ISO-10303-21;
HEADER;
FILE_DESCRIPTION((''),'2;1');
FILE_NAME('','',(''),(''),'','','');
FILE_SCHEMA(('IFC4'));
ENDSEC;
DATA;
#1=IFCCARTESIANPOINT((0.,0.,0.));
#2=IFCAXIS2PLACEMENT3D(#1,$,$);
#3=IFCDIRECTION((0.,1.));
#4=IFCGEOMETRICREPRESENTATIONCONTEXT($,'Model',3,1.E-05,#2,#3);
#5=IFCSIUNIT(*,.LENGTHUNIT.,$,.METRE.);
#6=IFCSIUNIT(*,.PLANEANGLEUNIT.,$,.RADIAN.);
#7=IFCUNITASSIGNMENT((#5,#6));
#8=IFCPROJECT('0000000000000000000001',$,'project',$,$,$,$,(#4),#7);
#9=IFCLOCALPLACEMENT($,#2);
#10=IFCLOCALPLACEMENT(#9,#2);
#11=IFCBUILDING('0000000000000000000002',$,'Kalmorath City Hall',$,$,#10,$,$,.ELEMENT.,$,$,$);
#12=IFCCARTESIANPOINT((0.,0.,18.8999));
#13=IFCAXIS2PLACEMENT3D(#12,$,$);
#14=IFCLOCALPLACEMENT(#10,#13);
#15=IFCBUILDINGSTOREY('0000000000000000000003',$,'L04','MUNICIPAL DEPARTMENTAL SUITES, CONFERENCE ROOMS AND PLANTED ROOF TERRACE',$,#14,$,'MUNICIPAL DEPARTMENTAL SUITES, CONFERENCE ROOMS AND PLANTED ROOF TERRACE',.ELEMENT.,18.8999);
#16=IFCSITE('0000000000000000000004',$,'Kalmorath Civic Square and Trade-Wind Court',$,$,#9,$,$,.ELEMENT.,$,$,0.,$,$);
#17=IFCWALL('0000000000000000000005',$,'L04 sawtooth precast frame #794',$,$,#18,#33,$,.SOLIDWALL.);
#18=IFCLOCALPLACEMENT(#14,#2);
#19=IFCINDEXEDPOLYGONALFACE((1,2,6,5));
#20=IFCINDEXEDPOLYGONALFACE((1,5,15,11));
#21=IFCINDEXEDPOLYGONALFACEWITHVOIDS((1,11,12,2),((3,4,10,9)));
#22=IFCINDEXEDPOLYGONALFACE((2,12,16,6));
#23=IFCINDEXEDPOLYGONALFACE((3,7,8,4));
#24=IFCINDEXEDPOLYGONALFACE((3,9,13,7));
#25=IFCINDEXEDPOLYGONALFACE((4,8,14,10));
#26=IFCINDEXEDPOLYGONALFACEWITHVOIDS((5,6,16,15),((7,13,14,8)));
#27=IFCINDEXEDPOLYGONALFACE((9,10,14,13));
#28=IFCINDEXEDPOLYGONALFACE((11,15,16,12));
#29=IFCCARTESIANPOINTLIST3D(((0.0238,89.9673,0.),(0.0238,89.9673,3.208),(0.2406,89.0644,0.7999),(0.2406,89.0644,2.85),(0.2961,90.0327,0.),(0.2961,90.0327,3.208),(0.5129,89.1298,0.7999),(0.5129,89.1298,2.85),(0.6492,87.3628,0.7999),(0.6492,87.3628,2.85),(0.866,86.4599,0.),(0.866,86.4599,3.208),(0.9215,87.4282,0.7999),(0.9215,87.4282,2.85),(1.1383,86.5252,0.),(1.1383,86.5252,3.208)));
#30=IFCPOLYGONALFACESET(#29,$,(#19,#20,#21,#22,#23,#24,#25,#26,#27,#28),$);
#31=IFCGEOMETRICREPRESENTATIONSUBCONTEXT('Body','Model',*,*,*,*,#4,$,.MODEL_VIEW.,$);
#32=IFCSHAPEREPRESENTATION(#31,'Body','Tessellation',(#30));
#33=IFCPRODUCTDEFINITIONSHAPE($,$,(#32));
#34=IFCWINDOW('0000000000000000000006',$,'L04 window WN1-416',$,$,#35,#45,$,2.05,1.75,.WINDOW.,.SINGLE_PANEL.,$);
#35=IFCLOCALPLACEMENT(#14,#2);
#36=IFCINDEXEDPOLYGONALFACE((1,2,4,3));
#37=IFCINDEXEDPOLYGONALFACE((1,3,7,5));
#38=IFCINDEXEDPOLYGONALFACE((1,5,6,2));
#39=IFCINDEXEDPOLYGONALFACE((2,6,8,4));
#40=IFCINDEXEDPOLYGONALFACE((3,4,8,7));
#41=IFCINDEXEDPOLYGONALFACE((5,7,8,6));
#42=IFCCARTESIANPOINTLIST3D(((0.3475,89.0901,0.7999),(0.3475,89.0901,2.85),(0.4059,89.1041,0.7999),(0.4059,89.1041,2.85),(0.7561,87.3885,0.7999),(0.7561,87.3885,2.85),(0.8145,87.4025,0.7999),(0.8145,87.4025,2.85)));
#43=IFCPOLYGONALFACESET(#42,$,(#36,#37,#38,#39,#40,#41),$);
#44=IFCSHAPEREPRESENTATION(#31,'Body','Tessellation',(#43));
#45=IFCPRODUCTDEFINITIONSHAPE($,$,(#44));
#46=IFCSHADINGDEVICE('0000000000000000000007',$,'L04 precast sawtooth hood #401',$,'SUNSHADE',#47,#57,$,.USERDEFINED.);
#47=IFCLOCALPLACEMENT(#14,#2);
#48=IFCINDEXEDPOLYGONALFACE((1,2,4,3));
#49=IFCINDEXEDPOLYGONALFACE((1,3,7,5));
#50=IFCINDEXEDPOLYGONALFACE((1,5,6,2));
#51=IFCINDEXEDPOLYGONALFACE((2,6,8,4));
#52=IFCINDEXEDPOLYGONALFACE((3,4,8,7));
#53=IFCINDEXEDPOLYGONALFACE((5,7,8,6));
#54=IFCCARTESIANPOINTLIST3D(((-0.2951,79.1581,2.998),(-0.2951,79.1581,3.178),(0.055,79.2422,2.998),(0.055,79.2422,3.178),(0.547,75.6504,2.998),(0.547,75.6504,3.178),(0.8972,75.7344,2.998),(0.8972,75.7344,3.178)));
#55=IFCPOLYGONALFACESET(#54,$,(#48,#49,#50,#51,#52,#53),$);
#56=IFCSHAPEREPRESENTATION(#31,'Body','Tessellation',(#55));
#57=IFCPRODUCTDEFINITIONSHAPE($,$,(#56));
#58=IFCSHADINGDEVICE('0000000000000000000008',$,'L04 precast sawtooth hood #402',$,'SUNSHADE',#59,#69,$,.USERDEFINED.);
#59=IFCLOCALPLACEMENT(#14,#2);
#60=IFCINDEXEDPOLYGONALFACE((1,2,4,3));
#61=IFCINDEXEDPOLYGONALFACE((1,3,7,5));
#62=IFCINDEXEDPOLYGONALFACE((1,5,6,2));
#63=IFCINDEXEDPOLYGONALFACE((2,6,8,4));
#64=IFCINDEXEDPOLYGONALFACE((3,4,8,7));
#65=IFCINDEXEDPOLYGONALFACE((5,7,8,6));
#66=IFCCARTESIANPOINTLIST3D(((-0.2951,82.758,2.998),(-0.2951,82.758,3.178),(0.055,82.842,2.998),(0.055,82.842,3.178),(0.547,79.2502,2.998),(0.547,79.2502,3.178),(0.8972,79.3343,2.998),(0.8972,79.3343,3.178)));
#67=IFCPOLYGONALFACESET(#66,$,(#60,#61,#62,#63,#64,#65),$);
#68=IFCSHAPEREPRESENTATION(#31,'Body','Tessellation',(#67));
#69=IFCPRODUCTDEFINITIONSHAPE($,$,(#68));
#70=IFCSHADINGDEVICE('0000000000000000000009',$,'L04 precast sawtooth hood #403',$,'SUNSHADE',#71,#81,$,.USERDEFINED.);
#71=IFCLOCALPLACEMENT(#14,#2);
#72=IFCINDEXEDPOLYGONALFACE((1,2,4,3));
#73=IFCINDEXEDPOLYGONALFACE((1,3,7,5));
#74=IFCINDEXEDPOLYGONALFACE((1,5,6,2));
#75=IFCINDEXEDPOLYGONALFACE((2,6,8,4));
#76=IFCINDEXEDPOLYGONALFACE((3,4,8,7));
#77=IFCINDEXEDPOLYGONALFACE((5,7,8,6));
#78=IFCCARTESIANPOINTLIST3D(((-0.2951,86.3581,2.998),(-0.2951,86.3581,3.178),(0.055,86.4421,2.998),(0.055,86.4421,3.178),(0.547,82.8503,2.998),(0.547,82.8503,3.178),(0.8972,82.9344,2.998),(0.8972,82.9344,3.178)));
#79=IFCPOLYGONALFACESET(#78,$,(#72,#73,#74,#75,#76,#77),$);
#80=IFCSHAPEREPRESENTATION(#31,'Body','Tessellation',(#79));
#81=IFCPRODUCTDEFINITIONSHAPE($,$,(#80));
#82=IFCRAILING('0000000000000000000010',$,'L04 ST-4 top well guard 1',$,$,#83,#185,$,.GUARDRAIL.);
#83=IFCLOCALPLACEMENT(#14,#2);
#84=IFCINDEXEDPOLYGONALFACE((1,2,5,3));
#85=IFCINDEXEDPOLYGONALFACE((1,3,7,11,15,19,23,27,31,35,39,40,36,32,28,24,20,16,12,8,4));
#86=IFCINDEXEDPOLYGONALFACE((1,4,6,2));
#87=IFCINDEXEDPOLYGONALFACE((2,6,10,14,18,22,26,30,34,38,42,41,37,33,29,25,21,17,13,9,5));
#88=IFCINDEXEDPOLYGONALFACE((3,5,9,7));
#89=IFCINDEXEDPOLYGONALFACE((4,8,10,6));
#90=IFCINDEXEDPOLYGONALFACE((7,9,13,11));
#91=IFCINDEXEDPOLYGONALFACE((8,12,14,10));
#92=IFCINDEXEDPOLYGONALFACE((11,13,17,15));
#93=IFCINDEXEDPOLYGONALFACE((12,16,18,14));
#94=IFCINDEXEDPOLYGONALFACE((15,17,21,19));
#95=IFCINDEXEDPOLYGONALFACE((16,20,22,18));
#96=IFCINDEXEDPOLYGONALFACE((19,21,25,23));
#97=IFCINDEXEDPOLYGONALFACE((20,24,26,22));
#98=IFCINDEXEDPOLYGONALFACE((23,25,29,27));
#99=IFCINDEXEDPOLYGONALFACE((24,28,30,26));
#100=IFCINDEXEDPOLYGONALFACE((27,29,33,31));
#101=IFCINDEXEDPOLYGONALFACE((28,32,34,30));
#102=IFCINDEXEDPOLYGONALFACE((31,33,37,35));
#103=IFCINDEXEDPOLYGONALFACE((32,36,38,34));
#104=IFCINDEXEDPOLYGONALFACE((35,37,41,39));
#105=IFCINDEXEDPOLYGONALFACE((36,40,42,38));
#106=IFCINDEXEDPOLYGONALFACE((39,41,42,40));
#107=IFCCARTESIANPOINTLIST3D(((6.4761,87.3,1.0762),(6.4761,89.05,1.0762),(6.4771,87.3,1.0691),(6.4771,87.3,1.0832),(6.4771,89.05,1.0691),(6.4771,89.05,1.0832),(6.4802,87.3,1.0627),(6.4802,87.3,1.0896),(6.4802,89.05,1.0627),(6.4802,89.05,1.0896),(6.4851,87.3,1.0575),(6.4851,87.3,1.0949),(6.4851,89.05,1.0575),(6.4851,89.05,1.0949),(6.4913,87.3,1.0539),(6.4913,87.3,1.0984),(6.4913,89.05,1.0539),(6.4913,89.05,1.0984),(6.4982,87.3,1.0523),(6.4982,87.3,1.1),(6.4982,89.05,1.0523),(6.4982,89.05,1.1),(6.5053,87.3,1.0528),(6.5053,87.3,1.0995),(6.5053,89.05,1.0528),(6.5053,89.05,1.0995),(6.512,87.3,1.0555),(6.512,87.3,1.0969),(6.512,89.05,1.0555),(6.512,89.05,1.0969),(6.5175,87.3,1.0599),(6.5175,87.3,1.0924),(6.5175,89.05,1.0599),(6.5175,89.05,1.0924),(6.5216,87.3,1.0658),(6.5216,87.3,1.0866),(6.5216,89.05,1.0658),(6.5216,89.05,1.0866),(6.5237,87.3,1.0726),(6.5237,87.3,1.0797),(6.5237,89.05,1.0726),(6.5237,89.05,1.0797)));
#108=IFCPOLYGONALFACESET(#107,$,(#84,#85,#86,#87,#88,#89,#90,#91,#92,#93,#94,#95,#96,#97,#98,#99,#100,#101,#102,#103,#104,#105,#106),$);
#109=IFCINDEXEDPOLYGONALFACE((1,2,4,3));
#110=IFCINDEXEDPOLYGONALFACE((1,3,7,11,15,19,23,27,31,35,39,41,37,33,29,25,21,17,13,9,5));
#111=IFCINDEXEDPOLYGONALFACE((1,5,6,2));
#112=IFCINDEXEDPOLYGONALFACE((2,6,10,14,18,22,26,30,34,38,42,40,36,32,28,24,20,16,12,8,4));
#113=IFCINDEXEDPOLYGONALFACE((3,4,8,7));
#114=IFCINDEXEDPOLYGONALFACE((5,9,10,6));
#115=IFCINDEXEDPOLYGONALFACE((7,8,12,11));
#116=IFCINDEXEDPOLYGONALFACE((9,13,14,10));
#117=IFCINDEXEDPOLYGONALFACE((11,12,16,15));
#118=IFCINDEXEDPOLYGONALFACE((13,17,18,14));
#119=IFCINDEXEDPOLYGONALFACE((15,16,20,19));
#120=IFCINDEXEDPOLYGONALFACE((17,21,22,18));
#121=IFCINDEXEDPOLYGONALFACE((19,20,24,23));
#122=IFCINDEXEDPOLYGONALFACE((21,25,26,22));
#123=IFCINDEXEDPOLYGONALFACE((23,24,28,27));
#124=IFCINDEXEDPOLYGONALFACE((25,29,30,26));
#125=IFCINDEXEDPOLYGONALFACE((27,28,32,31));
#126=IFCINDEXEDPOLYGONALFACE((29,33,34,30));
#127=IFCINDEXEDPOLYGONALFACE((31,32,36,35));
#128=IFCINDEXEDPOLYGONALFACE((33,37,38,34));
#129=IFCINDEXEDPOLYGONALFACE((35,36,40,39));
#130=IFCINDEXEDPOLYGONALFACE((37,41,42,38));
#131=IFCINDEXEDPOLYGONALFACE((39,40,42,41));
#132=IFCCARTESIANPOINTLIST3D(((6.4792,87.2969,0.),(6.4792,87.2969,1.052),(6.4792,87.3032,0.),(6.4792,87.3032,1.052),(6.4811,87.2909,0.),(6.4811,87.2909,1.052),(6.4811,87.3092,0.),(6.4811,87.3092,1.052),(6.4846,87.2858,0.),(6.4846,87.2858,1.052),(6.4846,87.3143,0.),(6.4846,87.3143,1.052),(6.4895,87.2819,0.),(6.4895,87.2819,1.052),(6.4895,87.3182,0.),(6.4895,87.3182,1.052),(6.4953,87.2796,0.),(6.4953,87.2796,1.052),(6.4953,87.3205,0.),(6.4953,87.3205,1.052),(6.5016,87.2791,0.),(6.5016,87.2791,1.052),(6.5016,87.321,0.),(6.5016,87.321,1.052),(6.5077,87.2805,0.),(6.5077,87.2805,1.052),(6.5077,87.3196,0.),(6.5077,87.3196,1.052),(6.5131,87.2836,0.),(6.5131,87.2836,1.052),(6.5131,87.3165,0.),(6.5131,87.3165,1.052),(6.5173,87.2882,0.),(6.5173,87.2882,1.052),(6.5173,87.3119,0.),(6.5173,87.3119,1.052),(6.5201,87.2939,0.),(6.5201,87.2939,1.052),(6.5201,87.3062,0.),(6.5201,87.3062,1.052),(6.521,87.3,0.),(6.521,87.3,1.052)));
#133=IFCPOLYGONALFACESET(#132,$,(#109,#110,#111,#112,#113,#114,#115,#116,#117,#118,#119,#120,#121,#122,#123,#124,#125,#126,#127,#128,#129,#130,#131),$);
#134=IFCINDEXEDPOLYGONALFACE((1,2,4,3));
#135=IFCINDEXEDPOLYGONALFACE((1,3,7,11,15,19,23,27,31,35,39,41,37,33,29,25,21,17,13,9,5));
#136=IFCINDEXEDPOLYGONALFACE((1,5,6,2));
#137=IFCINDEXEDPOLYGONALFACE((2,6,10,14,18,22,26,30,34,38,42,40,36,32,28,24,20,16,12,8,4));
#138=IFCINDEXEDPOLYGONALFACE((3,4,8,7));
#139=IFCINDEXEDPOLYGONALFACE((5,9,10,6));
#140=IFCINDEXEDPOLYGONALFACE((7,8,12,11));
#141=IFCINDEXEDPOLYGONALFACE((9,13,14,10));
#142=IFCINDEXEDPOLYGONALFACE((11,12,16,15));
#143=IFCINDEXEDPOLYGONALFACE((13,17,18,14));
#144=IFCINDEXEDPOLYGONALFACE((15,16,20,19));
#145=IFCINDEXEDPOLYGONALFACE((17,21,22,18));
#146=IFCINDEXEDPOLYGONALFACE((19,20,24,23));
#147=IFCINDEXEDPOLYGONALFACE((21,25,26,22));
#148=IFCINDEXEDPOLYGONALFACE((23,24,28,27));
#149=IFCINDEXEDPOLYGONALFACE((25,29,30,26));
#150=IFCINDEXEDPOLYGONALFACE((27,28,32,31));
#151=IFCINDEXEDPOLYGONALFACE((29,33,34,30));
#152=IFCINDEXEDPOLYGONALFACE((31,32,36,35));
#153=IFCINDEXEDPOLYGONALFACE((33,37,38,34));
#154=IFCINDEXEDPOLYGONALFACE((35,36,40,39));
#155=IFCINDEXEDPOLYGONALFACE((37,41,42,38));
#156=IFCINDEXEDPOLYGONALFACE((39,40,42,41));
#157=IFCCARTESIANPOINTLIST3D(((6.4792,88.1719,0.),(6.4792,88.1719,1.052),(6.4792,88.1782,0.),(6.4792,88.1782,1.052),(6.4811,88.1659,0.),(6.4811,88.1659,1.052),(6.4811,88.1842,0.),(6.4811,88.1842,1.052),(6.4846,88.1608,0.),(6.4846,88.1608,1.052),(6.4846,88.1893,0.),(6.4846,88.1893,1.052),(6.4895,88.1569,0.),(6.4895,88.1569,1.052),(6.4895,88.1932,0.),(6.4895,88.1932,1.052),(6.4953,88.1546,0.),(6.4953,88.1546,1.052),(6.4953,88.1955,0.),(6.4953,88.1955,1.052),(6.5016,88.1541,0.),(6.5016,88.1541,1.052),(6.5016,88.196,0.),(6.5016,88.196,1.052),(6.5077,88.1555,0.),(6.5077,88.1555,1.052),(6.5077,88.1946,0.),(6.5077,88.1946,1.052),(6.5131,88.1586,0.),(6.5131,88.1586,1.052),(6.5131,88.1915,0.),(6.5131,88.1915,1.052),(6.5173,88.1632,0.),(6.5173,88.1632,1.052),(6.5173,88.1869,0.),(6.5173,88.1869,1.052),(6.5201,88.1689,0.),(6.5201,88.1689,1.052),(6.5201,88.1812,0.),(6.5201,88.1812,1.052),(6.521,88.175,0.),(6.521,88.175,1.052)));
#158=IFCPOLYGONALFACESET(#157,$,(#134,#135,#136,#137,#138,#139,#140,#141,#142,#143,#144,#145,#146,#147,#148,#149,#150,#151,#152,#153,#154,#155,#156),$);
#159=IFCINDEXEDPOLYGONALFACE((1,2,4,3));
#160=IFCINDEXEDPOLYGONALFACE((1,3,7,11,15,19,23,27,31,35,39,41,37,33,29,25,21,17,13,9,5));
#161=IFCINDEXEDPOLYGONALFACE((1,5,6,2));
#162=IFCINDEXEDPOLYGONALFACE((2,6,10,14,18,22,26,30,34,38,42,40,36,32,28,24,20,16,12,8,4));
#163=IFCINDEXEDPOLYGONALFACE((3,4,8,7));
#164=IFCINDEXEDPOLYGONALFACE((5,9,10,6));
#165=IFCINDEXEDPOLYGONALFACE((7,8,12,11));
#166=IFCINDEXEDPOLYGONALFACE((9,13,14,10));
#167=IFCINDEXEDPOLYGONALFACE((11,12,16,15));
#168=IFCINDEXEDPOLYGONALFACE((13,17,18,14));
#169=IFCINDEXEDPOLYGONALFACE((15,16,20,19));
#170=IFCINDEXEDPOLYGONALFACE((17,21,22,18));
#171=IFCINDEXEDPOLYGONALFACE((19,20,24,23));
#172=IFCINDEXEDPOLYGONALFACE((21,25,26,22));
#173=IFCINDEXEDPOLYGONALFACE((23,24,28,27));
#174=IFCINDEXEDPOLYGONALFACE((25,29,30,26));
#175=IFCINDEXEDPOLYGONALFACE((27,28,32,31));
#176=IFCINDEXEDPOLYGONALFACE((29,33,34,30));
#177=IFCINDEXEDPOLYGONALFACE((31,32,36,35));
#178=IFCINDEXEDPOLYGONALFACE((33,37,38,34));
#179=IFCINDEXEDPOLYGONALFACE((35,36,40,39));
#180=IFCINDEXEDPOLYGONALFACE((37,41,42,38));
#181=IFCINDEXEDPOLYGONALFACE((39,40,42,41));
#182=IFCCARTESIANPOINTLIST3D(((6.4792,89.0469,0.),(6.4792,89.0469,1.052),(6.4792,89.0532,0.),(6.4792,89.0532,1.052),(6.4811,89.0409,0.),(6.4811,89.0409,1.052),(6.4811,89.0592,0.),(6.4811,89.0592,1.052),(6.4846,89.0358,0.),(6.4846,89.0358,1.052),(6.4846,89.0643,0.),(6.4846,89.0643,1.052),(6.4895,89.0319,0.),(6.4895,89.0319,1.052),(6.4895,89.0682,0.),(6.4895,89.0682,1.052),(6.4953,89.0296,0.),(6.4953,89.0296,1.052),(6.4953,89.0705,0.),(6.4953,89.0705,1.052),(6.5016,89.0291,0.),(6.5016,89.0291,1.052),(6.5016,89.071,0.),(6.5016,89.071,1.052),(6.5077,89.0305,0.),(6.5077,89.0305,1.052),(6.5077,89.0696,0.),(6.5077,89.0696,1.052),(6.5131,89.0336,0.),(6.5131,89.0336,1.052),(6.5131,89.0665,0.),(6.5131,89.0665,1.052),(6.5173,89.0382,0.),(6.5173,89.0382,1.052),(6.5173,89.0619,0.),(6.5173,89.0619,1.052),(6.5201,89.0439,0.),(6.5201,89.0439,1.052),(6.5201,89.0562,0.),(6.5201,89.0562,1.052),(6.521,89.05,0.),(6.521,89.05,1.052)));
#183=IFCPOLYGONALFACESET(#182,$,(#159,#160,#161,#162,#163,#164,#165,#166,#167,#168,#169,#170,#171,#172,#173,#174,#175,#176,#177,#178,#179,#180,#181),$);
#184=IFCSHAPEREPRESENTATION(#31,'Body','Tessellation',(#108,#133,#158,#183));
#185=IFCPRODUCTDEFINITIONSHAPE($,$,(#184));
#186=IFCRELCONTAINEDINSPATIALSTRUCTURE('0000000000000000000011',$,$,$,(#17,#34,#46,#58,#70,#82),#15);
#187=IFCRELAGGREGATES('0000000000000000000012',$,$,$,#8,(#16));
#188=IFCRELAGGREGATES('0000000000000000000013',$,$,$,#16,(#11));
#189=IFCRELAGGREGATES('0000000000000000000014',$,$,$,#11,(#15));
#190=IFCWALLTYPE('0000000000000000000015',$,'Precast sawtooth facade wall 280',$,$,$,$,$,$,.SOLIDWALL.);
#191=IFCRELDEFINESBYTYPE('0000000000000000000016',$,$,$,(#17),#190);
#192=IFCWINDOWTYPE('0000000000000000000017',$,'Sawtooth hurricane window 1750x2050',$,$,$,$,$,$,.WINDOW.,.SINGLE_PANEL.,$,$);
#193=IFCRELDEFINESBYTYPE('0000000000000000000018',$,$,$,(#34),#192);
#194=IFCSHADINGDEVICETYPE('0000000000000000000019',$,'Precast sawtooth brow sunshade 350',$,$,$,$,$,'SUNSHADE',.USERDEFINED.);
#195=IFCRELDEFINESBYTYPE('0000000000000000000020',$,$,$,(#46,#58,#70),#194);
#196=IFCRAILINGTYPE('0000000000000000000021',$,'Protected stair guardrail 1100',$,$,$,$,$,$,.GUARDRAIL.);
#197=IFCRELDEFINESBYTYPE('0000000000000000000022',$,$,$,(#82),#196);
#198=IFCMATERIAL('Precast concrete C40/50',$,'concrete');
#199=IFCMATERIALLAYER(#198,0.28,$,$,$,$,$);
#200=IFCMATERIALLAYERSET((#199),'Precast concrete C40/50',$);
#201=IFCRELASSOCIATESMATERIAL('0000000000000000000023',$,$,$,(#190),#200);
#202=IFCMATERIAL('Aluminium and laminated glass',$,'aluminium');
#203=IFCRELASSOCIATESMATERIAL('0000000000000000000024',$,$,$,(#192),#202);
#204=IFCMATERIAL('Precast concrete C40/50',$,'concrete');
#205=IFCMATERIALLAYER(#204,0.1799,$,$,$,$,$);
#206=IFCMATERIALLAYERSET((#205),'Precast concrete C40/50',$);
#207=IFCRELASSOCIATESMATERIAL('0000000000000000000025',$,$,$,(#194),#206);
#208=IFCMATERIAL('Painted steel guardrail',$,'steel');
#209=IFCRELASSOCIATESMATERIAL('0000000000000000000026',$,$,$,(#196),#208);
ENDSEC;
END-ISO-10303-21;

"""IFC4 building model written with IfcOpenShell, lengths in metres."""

from ifc_helpers import new_model, si_unit, direction, frame, frame_2d, origin, origin_2d, place, context, subcontext, project, spatial, rectangle, circle, extrude, material, layer, layer_set, type_object, element, fill, save


model = new_model("IFC4")

# Units and contexts
model_context = context("Model", 3, precision=1e-05, world=origin(), true_north=direction((0.0, 1.0)))
body_context = subcontext(model_context, "Body", "Model", "MODEL_VIEW")
ifc_project = project(units=[si_unit("LENGTHUNIT", "METRE"), si_unit("PLANEANGLEUNIT", "RADIAN")], contexts=[model_context])

# Site, building, storey
site_placement = place(None, origin())
site = spatial("IfcSite", under=ifc_project, at=site_placement, Name="Kalmorath Civic Square and Trade-Wind Court", CompositionType="ELEMENT", RefElevation=0.0)
building_placement = place(site_placement, origin())
building = spatial("IfcBuilding", under=site, at=building_placement, Name="Kalmorath City Hall", CompositionType="ELEMENT")
storey_placement = place(building_placement, frame((0.0, 0.0, 18.8999)))
storey = spatial("IfcBuildingStorey", under=building, at=storey_placement, Name="L04", Description="MUNICIPAL DEPARTMENTAL SUITES, CONFERENCE ROOMS AND PLANTED ROOF TERRACE", LongName="MUNICIPAL DEPARTMENTAL SUITES, CONFERENCE ROOMS AND PLANTED ROOF TERRACE", CompositionType="ELEMENT", Elevation=18.8999)

# Wall, opening, window
ifc_material_1 = material(Name="Precast concrete C40/50", Category="concrete")
ifc_layer_1 = layer(ifc_material_1, 0.28)
ifc_layer_set_1 = layer_set([ifc_layer_1], Name="Precast concrete C40/50")
wall_type_1 = type_object("IfcWallType", Name="Precast sawtooth facade wall 280", PredefinedType="SOLIDWALL", material=ifc_layer_set_1)
ifc_material_2 = material(Name="Aluminium and laminated glass", Category="aluminium")
window_type = type_object("IfcWindowType", Name="Sawtooth hurricane window 1750x2050", PartitioningType="SINGLE_PANEL", PredefinedType="WINDOW", material=ifc_material_2)
wall_1_placement = place(storey_placement, frame((1.0022, 86.4924, 0.0), z_axis=(0.0, 0.0, 1.0), x_axis=(-0.233496, 0.972358, 0.0)))
wall_1 = element("IfcWall", 1, at=wall_1_placement, inside=storey, type_object=wall_type_1, Name="L04 sawtooth precast frame #794", PredefinedType="SOLIDWALL", context=body_context, shape_type="SweptSolid", body=[
    extrude(rectangle(XDim=3.6072, YDim=0.28, at=frame_2d((1.8037, 0.0))), origin(), (0.0, 0.0, 1.0), 3.208),
])
opening_1_placement = place(wall_1_placement, frame((0.9287, 0.0, 0.8)))
opening_1 = element("IfcOpeningElement", 2, at=opening_1_placement, cuts=wall_1, PredefinedType="OPENING", context=body_context, shape_type="SweptSolid", body=[
    extrude(rectangle(XDim=1.75, YDim=2.05, at=frame_2d((0.875, 1.0249))), frame((0.0, 0.1499, 0.0), z_axis=(0.0, -1.0, 0.0), x_axis=(1.0, 0.0, 0.0)), (0.0, 0.0, 1.0), 0.3),
])
window_1_placement = place(opening_1_placement, origin())
window_1 = element("IfcWindow", 3, at=window_1_placement, inside=storey, type_object=window_type, Name="L04 window WN1-416", OverallHeight=2.05, OverallWidth=1.75, PartitioningType="SINGLE_PANEL", PredefinedType="WINDOW", context=body_context, shape_type="SweptSolid", body=[
    extrude(rectangle(XDim=1.75, YDim=2.05, at=frame_2d((0.875, 1.0249))), frame((0.0, 0.03, 0.0), z_axis=(0.0, -1.0, 0.0), x_axis=(1.0, 0.0, 0.0)), (0.0, 0.0, 1.0), 0.0601),
])
fill(opening_1, window_1)

# Shading devices
ifc_material_3 = material(Name="Precast concrete C40/50", Category="concrete")
ifc_layer_2 = layer(ifc_material_3, 0.1799)
ifc_layer_set_2 = layer_set([ifc_layer_2], Name="Precast concrete C40/50")
shading_device_type = type_object("IfcShadingDeviceType", Name="Precast sawtooth brow sunshade 350", ElementType="SUNSHADE", PredefinedType="USERDEFINED", material=ifc_layer_set_2)
for number, where, z_axis, x_axis, name in (
    (4, (0.301, 77.4463, 2.998), (0.0, 0.0, 1.0), (-0.233445, 0.97237, 0.0), "L04 precast sawtooth hood #401"),
    (5, (0.301, 81.0461, 2.998), (0.0, 0.0, 1.0), (-0.233445, 0.97237, 0.0), "L04 precast sawtooth hood #402"),
    (6, (0.301, 84.6462, 2.998), (0.0, 0.0, 1.0), (-0.233445, 0.97237, 0.0), "L04 precast sawtooth hood #403"),
):
    element("IfcShadingDevice", number, at=place(storey_placement, frame(where, z_axis=z_axis, x_axis=x_axis)), inside=storey, type_object=shading_device_type, Name=name, ObjectType="SUNSHADE", PredefinedType="USERDEFINED", context=body_context, shape_type="SweptSolid", body=[
        extrude(rectangle(XDim=3.6074, YDim=0.3601, at=origin_2d()), origin(), (0.0, 0.0, 1.0), 0.1799),
    ])

# Railing
ifc_material_4 = material(Name="Painted steel guardrail", Category="steel")
railing_type = type_object("IfcRailingType", Name="Protected stair guardrail 1100", PredefinedType="GUARDRAIL", material=ifc_material_4)
railing_placement = place(storey_placement, frame((6.5, 87.3, 0.0)))
element("IfcRailing", 7, at=railing_placement, inside=storey, type_object=railing_type, Name="L04 ST-4 top well guard 1", PredefinedType="GUARDRAIL", context=body_context, shape_type="SweptSolid", body=[
    extrude(circle(Radius=0.0239, at=origin_2d()), frame((0.0, 0.0, 1.0762), z_axis=(0.0, 1.0, 0.0), x_axis=(-1.0, 0.0, 0.0)), (0.0, 0.0, 1.0), 1.75),
    extrude(circle(Radius=0.021, at=origin_2d()), origin(), (0.0, 0.0, 1.0), 1.052),
    extrude(circle(Radius=0.021, at=origin_2d()), frame((0.0, 0.875, 0.0)), (0.0, 0.0, 1.0), 1.052),
    extrude(circle(Radius=0.021, at=origin_2d()), frame((0.0, 1.75, 0.0)), (0.0, 0.0, 1.0), 1.052),
])

save(model, "model.ifc")
